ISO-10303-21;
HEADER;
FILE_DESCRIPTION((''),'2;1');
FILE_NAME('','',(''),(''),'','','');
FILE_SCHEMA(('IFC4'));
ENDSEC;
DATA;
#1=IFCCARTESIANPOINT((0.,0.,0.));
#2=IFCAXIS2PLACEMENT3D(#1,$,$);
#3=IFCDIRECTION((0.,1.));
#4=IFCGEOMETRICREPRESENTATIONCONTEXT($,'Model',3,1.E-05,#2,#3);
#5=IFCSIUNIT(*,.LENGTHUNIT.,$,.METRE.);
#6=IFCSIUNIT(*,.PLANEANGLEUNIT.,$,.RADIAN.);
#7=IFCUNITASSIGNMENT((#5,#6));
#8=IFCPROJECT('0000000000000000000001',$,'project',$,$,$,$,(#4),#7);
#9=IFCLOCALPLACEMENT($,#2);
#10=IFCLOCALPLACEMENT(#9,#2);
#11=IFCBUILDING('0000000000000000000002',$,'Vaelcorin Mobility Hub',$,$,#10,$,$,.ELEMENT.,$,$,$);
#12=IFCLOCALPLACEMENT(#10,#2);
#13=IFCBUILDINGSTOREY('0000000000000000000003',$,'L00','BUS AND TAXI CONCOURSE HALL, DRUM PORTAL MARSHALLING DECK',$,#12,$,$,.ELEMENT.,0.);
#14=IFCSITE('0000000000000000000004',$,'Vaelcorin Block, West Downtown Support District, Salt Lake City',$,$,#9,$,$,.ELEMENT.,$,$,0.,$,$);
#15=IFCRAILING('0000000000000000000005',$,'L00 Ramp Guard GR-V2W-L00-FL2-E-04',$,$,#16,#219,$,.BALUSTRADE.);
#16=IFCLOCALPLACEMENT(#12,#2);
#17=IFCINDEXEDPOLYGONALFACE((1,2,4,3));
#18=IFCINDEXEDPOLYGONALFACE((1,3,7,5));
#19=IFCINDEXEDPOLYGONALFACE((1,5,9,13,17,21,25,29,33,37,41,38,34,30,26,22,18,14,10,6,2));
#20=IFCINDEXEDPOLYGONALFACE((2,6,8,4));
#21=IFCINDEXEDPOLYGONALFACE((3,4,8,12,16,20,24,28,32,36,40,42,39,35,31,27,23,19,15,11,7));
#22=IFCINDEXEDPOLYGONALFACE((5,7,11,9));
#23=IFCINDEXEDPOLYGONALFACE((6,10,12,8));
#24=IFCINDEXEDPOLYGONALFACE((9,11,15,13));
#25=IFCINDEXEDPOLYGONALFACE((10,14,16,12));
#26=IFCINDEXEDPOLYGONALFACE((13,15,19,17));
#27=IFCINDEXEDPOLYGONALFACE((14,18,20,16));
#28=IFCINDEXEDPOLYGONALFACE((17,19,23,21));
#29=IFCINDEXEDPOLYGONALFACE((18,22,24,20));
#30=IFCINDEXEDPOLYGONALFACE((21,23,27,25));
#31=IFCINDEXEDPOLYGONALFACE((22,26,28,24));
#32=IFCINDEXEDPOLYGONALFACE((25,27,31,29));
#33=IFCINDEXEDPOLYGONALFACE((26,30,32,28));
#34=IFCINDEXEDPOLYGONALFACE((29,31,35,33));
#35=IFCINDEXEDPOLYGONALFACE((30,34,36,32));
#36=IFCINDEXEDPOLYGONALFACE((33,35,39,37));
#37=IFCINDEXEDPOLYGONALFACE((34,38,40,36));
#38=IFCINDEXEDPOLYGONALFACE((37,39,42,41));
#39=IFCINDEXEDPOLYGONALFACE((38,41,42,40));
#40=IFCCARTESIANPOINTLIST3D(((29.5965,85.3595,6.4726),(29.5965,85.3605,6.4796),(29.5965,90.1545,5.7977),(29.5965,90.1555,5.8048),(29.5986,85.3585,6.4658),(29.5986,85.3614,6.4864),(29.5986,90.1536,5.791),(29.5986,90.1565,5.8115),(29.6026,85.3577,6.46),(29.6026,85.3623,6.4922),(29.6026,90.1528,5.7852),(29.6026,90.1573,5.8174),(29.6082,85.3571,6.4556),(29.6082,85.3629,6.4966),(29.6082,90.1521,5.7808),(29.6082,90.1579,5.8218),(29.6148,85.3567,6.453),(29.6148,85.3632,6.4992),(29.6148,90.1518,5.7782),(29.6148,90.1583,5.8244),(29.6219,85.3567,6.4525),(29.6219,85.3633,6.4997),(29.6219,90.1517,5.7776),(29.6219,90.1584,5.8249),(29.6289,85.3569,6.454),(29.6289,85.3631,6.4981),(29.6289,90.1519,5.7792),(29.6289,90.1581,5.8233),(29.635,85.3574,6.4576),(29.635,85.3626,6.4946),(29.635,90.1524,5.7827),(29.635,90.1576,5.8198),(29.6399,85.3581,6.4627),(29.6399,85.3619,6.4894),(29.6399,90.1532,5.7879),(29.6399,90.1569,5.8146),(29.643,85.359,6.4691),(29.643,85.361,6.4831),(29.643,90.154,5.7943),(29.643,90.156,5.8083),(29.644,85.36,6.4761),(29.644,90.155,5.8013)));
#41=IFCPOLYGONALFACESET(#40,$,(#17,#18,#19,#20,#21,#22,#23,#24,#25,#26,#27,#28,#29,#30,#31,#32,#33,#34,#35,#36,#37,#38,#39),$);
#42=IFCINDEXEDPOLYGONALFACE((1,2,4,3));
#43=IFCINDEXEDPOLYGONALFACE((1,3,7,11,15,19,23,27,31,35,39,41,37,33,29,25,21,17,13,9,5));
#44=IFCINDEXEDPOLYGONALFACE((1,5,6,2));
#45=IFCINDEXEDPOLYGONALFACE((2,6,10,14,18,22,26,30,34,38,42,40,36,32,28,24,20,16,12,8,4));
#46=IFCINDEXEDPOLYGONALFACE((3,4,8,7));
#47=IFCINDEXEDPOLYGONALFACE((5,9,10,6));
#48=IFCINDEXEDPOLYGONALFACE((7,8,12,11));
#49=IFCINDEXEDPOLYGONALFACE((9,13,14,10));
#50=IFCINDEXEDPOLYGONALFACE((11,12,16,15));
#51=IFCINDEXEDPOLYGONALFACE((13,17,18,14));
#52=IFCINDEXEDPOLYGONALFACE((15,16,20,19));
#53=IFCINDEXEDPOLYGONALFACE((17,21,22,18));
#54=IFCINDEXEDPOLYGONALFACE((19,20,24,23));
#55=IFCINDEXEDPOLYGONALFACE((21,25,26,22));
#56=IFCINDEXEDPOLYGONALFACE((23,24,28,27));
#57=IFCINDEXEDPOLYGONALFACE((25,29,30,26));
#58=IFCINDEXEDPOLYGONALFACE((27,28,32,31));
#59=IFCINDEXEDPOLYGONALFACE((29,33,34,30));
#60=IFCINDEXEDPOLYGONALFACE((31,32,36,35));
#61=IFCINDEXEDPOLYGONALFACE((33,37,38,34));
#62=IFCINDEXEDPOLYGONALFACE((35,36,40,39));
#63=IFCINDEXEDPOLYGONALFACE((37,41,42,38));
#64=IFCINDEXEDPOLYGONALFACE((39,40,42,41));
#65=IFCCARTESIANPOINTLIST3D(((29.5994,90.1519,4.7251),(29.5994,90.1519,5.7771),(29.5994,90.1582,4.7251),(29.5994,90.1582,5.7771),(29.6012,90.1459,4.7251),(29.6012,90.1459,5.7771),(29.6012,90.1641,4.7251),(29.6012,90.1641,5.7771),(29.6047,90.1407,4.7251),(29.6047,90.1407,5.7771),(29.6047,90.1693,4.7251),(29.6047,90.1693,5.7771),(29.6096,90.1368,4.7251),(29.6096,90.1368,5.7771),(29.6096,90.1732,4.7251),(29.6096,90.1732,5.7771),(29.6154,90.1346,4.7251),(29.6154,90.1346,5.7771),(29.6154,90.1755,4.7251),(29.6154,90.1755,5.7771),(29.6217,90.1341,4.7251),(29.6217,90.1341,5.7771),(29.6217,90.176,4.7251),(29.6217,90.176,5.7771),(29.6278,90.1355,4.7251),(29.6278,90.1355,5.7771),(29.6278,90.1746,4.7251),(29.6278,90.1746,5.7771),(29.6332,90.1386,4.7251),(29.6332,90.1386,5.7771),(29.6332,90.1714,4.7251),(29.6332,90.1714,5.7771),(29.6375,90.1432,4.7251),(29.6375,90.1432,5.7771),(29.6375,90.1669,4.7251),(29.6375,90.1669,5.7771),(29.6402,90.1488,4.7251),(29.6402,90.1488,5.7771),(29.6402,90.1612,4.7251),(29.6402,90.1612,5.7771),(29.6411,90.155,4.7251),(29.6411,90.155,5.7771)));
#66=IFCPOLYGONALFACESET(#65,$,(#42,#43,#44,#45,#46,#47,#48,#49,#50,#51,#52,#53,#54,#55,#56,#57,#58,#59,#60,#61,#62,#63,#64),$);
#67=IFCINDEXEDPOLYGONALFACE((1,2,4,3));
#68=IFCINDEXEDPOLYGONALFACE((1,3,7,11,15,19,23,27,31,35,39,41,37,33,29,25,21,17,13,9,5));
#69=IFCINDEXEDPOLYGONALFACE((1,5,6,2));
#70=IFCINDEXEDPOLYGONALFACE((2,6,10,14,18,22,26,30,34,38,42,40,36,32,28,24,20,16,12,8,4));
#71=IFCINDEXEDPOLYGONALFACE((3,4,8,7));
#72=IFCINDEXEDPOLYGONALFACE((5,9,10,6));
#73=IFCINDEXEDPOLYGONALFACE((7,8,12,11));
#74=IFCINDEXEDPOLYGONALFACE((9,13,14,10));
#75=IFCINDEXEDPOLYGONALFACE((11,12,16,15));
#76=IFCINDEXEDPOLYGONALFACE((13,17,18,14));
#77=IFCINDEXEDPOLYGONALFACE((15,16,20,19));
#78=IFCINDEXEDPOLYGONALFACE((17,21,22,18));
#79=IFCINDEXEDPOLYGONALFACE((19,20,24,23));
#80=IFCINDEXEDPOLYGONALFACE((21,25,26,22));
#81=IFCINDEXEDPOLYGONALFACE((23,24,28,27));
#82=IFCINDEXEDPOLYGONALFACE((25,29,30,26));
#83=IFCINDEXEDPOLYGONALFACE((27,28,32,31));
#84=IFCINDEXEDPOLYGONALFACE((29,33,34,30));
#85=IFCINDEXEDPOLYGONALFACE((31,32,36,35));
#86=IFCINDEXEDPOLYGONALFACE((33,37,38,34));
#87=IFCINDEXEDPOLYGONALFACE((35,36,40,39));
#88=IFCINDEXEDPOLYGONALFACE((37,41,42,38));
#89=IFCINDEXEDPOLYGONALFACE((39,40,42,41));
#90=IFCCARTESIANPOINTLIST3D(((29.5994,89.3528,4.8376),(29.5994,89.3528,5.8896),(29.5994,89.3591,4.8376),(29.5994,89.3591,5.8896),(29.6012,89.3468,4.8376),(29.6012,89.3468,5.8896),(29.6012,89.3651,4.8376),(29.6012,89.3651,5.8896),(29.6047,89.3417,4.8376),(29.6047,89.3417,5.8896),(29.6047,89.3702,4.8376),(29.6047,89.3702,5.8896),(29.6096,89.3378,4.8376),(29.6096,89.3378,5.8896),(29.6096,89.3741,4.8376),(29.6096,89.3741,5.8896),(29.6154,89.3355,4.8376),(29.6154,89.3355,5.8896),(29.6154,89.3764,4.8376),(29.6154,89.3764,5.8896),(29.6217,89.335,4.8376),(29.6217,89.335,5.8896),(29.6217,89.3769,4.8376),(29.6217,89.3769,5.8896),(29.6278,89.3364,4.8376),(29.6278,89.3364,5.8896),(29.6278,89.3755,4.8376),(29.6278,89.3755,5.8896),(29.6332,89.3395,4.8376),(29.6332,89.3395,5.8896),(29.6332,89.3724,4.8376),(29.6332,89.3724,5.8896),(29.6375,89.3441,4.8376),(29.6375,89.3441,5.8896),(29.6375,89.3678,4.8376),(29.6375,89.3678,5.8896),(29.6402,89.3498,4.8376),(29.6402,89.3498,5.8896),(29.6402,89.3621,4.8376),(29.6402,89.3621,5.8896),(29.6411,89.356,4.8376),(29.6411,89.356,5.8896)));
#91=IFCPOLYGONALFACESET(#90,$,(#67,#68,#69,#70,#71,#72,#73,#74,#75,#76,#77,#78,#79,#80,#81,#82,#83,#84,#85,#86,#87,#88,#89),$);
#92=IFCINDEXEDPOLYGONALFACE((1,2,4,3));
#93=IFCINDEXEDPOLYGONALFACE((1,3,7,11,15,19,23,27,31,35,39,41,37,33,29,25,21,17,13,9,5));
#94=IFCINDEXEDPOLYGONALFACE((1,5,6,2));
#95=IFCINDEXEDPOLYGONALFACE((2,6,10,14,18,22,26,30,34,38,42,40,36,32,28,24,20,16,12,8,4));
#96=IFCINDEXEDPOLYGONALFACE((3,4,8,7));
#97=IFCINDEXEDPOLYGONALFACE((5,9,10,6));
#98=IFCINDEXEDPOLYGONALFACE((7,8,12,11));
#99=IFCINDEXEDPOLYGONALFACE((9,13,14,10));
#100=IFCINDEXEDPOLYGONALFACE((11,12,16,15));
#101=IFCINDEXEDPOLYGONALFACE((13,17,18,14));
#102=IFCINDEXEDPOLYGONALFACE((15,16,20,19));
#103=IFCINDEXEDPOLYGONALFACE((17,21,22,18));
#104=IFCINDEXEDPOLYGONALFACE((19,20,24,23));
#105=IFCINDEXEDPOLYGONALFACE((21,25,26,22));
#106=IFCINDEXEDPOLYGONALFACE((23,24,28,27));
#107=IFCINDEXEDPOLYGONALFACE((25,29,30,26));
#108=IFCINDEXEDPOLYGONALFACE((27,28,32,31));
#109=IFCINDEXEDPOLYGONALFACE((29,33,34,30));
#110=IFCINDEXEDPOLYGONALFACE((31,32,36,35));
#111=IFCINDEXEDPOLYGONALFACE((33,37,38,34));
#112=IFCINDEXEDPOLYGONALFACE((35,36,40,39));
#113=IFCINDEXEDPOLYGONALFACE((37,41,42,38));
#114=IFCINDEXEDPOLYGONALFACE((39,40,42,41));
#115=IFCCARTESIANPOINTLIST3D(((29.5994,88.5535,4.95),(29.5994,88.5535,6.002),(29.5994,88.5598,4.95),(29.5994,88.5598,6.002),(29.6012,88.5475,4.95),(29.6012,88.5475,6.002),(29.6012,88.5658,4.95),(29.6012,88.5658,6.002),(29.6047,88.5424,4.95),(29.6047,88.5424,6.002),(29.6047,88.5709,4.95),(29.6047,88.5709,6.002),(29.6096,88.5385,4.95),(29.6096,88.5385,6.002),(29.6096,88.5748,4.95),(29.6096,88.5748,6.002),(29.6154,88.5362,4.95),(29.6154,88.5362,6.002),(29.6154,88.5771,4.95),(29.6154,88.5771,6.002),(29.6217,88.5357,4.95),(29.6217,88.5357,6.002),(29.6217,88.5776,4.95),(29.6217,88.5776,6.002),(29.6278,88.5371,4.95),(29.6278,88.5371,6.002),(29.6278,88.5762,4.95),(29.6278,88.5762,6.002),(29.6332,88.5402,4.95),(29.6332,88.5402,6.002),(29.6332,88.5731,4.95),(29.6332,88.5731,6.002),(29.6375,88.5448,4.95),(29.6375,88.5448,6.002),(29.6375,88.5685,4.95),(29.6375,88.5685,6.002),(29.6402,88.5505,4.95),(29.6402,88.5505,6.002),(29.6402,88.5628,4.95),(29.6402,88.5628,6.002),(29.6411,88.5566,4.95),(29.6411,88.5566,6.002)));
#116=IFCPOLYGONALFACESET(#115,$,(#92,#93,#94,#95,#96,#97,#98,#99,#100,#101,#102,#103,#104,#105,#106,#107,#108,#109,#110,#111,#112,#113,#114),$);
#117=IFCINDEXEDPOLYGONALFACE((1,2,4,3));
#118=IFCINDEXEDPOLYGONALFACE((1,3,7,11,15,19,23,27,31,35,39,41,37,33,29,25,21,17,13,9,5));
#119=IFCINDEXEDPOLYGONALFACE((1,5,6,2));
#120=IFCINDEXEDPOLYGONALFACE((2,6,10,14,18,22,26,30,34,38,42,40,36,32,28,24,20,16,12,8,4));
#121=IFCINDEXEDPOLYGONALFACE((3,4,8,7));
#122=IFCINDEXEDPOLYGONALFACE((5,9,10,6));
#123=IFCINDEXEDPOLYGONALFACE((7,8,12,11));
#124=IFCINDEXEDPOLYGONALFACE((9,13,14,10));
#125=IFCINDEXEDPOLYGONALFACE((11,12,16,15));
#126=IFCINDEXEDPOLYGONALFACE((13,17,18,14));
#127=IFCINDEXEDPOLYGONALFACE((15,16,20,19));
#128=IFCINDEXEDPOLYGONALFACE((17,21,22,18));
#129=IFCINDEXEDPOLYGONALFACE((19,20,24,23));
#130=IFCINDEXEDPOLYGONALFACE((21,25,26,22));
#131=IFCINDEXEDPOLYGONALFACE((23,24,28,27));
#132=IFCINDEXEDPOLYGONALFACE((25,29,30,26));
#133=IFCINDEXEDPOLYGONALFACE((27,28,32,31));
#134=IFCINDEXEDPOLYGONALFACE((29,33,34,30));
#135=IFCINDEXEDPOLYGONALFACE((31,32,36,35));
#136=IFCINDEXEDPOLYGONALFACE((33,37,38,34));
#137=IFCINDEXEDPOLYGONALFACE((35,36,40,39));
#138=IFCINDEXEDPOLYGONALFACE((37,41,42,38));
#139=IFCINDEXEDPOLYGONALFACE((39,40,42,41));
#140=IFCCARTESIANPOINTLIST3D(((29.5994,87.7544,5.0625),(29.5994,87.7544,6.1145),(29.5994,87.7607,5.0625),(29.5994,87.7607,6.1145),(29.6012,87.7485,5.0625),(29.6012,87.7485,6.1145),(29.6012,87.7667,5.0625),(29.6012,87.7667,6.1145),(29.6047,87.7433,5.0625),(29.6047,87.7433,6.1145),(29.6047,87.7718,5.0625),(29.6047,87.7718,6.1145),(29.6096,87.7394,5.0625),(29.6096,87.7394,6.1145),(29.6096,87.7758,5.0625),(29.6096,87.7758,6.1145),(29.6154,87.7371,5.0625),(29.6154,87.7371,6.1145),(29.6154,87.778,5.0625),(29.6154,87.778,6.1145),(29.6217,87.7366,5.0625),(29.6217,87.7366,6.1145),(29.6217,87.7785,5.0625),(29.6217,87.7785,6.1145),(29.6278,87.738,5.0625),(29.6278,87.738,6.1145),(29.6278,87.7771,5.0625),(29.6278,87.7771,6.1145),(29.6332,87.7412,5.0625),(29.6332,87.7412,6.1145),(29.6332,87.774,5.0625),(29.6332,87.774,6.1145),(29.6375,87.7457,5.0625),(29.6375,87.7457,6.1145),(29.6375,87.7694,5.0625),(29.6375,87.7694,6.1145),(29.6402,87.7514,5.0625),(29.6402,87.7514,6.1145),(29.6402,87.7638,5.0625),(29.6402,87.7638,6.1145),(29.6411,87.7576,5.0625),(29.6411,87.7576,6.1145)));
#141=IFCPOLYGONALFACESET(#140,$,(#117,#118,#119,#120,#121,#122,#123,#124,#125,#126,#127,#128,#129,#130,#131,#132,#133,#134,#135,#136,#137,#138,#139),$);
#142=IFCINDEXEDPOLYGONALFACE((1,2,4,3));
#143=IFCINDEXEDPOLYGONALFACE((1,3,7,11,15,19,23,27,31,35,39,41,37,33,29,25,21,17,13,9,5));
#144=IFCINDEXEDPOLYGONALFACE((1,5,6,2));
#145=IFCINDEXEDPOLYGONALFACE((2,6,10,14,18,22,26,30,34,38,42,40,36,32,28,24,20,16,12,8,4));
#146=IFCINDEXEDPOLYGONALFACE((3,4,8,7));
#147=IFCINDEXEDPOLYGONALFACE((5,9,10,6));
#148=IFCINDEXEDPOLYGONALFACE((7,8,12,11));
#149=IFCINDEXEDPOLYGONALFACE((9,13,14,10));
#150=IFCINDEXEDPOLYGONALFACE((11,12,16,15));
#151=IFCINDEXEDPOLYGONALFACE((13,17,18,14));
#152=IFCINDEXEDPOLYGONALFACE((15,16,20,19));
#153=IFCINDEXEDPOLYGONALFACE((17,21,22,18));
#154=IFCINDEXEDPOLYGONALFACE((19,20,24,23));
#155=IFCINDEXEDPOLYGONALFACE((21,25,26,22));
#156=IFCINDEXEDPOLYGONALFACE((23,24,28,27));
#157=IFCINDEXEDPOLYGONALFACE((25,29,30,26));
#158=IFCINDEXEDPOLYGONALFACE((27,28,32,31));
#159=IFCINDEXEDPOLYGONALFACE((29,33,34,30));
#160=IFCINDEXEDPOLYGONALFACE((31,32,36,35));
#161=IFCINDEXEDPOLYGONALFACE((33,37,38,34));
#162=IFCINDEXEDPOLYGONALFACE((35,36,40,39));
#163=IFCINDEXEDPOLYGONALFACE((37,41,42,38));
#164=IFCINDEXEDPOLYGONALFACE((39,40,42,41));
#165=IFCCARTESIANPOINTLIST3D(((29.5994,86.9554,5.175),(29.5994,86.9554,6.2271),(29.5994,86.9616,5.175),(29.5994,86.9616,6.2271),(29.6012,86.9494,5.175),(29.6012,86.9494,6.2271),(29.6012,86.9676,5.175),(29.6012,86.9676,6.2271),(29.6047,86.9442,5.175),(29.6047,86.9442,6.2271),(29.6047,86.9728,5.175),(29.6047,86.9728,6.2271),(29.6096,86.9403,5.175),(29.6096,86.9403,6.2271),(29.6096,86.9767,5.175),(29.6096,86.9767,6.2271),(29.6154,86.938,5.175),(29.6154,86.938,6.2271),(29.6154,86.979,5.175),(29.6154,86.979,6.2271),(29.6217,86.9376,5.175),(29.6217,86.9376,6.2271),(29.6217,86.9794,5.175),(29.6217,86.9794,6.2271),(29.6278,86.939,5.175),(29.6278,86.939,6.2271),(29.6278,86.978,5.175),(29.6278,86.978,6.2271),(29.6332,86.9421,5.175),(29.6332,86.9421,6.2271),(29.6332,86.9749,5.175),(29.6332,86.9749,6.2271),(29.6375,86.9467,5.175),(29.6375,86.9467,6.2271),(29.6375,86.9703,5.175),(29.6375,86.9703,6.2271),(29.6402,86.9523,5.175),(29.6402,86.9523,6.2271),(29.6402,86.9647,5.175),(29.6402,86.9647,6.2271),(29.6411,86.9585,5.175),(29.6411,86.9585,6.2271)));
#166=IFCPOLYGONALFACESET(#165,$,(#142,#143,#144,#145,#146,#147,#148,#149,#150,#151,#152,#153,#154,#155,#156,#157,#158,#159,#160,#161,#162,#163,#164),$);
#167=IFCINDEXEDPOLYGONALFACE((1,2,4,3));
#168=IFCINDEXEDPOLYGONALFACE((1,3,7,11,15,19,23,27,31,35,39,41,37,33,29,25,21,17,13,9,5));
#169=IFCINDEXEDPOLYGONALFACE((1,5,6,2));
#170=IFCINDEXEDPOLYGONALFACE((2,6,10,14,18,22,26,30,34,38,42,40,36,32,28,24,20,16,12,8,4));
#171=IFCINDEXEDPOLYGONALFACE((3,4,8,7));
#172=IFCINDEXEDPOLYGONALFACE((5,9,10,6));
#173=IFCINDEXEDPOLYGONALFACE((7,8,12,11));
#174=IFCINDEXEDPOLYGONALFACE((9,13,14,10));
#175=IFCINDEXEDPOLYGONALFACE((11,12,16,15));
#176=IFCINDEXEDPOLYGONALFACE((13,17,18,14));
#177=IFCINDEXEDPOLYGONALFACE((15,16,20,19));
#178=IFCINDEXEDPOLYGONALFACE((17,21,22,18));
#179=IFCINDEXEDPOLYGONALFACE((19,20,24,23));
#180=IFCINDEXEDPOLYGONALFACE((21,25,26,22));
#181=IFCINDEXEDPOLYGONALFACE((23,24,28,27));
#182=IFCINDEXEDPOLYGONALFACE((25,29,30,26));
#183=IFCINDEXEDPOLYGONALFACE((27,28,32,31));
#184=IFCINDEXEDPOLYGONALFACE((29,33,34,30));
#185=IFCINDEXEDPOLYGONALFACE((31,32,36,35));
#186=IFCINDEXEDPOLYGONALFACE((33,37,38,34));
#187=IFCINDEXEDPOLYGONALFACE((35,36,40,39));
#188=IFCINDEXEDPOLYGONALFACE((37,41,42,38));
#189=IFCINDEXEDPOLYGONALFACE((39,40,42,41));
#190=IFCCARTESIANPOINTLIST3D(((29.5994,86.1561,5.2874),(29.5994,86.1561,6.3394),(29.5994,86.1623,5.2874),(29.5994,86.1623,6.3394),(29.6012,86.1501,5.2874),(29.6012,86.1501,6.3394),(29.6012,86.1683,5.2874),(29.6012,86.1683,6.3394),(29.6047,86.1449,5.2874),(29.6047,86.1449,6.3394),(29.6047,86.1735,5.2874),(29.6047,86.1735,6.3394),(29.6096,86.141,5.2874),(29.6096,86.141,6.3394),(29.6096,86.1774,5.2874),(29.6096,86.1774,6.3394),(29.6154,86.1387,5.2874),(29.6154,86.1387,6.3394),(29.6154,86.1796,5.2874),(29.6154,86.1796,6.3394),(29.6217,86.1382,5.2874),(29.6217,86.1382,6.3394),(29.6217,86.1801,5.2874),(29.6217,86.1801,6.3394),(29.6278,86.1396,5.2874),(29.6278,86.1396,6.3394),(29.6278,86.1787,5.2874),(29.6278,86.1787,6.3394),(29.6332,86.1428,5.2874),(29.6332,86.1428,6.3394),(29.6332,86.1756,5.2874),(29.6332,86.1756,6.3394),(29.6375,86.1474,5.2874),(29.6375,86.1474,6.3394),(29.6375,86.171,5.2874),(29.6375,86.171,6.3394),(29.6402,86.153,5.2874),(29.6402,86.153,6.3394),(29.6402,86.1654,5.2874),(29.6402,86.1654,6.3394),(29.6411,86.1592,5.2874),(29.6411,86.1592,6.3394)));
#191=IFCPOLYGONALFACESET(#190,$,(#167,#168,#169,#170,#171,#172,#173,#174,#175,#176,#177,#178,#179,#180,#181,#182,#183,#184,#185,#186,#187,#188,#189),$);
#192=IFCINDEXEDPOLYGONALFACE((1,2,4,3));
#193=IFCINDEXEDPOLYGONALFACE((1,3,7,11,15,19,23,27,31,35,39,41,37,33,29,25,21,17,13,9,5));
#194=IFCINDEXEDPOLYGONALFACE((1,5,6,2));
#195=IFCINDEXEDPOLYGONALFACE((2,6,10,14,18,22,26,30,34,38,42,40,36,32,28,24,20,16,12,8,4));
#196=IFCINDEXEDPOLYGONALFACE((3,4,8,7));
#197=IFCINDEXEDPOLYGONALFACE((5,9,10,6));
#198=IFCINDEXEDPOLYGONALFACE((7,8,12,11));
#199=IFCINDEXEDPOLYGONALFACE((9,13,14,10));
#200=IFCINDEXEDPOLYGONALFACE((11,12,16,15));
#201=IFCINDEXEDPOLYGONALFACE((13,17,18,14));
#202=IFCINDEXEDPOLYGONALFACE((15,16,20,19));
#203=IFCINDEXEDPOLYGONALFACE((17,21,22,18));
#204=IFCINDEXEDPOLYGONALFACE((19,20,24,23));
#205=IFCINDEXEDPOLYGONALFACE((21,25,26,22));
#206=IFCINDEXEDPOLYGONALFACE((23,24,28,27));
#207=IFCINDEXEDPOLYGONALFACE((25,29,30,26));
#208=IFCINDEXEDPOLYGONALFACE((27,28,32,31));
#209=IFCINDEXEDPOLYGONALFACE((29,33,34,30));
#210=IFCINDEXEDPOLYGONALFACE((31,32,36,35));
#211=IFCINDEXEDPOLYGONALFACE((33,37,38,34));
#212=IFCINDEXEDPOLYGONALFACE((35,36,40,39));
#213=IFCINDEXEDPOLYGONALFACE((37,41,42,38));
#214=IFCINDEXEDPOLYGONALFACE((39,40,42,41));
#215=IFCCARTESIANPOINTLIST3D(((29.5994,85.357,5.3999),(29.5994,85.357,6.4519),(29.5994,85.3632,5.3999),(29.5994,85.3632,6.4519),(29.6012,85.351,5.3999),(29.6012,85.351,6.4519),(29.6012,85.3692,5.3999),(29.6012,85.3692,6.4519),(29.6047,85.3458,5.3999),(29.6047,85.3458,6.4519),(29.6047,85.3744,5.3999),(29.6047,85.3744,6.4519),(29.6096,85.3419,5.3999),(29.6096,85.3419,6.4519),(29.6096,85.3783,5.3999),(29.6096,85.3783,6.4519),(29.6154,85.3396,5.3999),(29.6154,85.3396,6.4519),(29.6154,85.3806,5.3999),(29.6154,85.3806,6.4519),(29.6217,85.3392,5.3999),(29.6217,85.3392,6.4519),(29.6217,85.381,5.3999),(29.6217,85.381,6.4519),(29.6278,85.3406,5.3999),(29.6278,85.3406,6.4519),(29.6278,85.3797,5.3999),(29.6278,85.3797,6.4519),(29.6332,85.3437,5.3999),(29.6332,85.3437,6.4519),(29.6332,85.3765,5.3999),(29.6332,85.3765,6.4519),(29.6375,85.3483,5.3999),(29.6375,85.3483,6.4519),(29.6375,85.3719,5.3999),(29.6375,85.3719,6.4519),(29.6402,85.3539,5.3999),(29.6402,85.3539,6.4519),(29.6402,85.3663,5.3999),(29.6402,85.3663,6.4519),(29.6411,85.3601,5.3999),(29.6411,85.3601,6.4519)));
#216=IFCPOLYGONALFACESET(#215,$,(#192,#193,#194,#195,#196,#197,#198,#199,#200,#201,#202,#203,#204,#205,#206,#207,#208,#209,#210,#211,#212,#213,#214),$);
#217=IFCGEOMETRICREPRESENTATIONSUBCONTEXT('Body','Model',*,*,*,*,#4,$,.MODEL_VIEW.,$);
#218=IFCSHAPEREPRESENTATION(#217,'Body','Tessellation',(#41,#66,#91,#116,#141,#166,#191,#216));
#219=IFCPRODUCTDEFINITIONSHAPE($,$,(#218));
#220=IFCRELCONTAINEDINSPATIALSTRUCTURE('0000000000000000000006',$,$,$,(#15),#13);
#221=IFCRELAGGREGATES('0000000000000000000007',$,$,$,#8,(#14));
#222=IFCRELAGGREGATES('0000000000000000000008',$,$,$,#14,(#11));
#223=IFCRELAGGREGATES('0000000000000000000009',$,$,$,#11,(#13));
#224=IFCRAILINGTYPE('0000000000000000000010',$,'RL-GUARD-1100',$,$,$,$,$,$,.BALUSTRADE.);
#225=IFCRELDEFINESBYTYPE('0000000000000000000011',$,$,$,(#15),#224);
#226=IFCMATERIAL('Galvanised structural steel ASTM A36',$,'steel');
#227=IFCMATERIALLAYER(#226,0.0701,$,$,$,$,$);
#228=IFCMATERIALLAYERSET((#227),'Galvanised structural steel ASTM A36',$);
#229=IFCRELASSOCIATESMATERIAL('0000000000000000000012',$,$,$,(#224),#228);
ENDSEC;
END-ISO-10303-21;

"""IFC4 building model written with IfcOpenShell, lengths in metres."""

from ifc_helpers import new_model, si_unit, direction, frame, origin, origin_2d, place, context, subcontext, project, spatial, circle, extrude, material, layer, layer_set, type_object, element, save


model = new_model("IFC4")

# Units and contexts
model_context = context("Model", 3, precision=1e-05, world=origin(), true_north=direction((0.0, 1.0)))
body_context = subcontext(model_context, "Body", "Model", "MODEL_VIEW")
ifc_project = project(units=[si_unit("LENGTHUNIT", "METRE"), si_unit("PLANEANGLEUNIT", "RADIAN")], contexts=[model_context])

# Site, building, storey
site_placement = place(None, origin())
site = spatial("IfcSite", under=ifc_project, at=site_placement, Name="Vaelcorin Block, West Downtown Support District, Salt Lake City", CompositionType="ELEMENT", RefElevation=0.0)
building_placement = place(site_placement, origin())
building = spatial("IfcBuilding", under=site, at=building_placement, Name="Vaelcorin Mobility Hub", CompositionType="ELEMENT")
storey_placement = place(building_placement, origin())
storey = spatial("IfcBuildingStorey", under=building, at=storey_placement, Name="L00", Description="BUS AND TAXI CONCOURSE HALL, DRUM PORTAL MARSHALLING DECK", CompositionType="ELEMENT", Elevation=0.0)

# Railing
ifc_material_1 = material(Name="Galvanised structural steel ASTM A36", Category="steel")
ifc_layer_1 = layer(ifc_material_1, 0.0701)
ifc_layer_set_1 = layer_set([ifc_layer_1], Name="Galvanised structural steel ASTM A36")
railing_type_1 = type_object("IfcRailingType", Name="RL-GUARD-1100", PredefinedType="BALUSTRADE", material=ifc_layer_set_1)
railing_1_placement = place(storey_placement, frame((29.6201, 90.155, 4.7251)))
element("IfcRailing", 1, at=railing_1_placement, inside=storey, type_object=railing_type_1, Name="L00 Ramp Guard GR-V2W-L00-FL2-E-04", PredefinedType="BALUSTRADE", context=body_context, shape_type="SweptSolid", body=[
    extrude(circle(Radius=0.0239, at=origin_2d()), frame((0.0, 0.0, 1.0762), z_axis=(0.0, -0.990242, 0.13936), x_axis=(1.0, 0.0, 0.0)), (0.0, 0.0, 1.0), 4.8423),
    extrude(circle(Radius=0.021, at=origin_2d()), origin(), (0.0, 0.0, 1.0), 1.052),
    extrude(circle(Radius=0.021, at=origin_2d()), frame((0.0, -0.7991, 0.1125)), (0.0, 0.0, 1.0), 1.052),
    extrude(circle(Radius=0.021, at=origin_2d()), frame((0.0, -1.5984, 0.2249)), (0.0, 0.0, 1.0), 1.052),
    extrude(circle(Radius=0.021, at=origin_2d()), frame((0.0, -2.3975, 0.3374)), (0.0, 0.0, 1.0), 1.052),
    extrude(circle(Radius=0.021, at=origin_2d()), frame((0.0, -3.1965, 0.45)), (0.0, 0.0, 1.0), 1.052),
    extrude(circle(Radius=0.021, at=origin_2d()), frame((0.0, -3.9958, 0.5623)), (0.0, 0.0, 1.0), 1.052),
    extrude(circle(Radius=0.021, at=origin_2d()), frame((0.0, -4.7949, 0.6748)), (0.0, 0.0, 1.0), 1.052),
])

save(model, "model.ifc")
